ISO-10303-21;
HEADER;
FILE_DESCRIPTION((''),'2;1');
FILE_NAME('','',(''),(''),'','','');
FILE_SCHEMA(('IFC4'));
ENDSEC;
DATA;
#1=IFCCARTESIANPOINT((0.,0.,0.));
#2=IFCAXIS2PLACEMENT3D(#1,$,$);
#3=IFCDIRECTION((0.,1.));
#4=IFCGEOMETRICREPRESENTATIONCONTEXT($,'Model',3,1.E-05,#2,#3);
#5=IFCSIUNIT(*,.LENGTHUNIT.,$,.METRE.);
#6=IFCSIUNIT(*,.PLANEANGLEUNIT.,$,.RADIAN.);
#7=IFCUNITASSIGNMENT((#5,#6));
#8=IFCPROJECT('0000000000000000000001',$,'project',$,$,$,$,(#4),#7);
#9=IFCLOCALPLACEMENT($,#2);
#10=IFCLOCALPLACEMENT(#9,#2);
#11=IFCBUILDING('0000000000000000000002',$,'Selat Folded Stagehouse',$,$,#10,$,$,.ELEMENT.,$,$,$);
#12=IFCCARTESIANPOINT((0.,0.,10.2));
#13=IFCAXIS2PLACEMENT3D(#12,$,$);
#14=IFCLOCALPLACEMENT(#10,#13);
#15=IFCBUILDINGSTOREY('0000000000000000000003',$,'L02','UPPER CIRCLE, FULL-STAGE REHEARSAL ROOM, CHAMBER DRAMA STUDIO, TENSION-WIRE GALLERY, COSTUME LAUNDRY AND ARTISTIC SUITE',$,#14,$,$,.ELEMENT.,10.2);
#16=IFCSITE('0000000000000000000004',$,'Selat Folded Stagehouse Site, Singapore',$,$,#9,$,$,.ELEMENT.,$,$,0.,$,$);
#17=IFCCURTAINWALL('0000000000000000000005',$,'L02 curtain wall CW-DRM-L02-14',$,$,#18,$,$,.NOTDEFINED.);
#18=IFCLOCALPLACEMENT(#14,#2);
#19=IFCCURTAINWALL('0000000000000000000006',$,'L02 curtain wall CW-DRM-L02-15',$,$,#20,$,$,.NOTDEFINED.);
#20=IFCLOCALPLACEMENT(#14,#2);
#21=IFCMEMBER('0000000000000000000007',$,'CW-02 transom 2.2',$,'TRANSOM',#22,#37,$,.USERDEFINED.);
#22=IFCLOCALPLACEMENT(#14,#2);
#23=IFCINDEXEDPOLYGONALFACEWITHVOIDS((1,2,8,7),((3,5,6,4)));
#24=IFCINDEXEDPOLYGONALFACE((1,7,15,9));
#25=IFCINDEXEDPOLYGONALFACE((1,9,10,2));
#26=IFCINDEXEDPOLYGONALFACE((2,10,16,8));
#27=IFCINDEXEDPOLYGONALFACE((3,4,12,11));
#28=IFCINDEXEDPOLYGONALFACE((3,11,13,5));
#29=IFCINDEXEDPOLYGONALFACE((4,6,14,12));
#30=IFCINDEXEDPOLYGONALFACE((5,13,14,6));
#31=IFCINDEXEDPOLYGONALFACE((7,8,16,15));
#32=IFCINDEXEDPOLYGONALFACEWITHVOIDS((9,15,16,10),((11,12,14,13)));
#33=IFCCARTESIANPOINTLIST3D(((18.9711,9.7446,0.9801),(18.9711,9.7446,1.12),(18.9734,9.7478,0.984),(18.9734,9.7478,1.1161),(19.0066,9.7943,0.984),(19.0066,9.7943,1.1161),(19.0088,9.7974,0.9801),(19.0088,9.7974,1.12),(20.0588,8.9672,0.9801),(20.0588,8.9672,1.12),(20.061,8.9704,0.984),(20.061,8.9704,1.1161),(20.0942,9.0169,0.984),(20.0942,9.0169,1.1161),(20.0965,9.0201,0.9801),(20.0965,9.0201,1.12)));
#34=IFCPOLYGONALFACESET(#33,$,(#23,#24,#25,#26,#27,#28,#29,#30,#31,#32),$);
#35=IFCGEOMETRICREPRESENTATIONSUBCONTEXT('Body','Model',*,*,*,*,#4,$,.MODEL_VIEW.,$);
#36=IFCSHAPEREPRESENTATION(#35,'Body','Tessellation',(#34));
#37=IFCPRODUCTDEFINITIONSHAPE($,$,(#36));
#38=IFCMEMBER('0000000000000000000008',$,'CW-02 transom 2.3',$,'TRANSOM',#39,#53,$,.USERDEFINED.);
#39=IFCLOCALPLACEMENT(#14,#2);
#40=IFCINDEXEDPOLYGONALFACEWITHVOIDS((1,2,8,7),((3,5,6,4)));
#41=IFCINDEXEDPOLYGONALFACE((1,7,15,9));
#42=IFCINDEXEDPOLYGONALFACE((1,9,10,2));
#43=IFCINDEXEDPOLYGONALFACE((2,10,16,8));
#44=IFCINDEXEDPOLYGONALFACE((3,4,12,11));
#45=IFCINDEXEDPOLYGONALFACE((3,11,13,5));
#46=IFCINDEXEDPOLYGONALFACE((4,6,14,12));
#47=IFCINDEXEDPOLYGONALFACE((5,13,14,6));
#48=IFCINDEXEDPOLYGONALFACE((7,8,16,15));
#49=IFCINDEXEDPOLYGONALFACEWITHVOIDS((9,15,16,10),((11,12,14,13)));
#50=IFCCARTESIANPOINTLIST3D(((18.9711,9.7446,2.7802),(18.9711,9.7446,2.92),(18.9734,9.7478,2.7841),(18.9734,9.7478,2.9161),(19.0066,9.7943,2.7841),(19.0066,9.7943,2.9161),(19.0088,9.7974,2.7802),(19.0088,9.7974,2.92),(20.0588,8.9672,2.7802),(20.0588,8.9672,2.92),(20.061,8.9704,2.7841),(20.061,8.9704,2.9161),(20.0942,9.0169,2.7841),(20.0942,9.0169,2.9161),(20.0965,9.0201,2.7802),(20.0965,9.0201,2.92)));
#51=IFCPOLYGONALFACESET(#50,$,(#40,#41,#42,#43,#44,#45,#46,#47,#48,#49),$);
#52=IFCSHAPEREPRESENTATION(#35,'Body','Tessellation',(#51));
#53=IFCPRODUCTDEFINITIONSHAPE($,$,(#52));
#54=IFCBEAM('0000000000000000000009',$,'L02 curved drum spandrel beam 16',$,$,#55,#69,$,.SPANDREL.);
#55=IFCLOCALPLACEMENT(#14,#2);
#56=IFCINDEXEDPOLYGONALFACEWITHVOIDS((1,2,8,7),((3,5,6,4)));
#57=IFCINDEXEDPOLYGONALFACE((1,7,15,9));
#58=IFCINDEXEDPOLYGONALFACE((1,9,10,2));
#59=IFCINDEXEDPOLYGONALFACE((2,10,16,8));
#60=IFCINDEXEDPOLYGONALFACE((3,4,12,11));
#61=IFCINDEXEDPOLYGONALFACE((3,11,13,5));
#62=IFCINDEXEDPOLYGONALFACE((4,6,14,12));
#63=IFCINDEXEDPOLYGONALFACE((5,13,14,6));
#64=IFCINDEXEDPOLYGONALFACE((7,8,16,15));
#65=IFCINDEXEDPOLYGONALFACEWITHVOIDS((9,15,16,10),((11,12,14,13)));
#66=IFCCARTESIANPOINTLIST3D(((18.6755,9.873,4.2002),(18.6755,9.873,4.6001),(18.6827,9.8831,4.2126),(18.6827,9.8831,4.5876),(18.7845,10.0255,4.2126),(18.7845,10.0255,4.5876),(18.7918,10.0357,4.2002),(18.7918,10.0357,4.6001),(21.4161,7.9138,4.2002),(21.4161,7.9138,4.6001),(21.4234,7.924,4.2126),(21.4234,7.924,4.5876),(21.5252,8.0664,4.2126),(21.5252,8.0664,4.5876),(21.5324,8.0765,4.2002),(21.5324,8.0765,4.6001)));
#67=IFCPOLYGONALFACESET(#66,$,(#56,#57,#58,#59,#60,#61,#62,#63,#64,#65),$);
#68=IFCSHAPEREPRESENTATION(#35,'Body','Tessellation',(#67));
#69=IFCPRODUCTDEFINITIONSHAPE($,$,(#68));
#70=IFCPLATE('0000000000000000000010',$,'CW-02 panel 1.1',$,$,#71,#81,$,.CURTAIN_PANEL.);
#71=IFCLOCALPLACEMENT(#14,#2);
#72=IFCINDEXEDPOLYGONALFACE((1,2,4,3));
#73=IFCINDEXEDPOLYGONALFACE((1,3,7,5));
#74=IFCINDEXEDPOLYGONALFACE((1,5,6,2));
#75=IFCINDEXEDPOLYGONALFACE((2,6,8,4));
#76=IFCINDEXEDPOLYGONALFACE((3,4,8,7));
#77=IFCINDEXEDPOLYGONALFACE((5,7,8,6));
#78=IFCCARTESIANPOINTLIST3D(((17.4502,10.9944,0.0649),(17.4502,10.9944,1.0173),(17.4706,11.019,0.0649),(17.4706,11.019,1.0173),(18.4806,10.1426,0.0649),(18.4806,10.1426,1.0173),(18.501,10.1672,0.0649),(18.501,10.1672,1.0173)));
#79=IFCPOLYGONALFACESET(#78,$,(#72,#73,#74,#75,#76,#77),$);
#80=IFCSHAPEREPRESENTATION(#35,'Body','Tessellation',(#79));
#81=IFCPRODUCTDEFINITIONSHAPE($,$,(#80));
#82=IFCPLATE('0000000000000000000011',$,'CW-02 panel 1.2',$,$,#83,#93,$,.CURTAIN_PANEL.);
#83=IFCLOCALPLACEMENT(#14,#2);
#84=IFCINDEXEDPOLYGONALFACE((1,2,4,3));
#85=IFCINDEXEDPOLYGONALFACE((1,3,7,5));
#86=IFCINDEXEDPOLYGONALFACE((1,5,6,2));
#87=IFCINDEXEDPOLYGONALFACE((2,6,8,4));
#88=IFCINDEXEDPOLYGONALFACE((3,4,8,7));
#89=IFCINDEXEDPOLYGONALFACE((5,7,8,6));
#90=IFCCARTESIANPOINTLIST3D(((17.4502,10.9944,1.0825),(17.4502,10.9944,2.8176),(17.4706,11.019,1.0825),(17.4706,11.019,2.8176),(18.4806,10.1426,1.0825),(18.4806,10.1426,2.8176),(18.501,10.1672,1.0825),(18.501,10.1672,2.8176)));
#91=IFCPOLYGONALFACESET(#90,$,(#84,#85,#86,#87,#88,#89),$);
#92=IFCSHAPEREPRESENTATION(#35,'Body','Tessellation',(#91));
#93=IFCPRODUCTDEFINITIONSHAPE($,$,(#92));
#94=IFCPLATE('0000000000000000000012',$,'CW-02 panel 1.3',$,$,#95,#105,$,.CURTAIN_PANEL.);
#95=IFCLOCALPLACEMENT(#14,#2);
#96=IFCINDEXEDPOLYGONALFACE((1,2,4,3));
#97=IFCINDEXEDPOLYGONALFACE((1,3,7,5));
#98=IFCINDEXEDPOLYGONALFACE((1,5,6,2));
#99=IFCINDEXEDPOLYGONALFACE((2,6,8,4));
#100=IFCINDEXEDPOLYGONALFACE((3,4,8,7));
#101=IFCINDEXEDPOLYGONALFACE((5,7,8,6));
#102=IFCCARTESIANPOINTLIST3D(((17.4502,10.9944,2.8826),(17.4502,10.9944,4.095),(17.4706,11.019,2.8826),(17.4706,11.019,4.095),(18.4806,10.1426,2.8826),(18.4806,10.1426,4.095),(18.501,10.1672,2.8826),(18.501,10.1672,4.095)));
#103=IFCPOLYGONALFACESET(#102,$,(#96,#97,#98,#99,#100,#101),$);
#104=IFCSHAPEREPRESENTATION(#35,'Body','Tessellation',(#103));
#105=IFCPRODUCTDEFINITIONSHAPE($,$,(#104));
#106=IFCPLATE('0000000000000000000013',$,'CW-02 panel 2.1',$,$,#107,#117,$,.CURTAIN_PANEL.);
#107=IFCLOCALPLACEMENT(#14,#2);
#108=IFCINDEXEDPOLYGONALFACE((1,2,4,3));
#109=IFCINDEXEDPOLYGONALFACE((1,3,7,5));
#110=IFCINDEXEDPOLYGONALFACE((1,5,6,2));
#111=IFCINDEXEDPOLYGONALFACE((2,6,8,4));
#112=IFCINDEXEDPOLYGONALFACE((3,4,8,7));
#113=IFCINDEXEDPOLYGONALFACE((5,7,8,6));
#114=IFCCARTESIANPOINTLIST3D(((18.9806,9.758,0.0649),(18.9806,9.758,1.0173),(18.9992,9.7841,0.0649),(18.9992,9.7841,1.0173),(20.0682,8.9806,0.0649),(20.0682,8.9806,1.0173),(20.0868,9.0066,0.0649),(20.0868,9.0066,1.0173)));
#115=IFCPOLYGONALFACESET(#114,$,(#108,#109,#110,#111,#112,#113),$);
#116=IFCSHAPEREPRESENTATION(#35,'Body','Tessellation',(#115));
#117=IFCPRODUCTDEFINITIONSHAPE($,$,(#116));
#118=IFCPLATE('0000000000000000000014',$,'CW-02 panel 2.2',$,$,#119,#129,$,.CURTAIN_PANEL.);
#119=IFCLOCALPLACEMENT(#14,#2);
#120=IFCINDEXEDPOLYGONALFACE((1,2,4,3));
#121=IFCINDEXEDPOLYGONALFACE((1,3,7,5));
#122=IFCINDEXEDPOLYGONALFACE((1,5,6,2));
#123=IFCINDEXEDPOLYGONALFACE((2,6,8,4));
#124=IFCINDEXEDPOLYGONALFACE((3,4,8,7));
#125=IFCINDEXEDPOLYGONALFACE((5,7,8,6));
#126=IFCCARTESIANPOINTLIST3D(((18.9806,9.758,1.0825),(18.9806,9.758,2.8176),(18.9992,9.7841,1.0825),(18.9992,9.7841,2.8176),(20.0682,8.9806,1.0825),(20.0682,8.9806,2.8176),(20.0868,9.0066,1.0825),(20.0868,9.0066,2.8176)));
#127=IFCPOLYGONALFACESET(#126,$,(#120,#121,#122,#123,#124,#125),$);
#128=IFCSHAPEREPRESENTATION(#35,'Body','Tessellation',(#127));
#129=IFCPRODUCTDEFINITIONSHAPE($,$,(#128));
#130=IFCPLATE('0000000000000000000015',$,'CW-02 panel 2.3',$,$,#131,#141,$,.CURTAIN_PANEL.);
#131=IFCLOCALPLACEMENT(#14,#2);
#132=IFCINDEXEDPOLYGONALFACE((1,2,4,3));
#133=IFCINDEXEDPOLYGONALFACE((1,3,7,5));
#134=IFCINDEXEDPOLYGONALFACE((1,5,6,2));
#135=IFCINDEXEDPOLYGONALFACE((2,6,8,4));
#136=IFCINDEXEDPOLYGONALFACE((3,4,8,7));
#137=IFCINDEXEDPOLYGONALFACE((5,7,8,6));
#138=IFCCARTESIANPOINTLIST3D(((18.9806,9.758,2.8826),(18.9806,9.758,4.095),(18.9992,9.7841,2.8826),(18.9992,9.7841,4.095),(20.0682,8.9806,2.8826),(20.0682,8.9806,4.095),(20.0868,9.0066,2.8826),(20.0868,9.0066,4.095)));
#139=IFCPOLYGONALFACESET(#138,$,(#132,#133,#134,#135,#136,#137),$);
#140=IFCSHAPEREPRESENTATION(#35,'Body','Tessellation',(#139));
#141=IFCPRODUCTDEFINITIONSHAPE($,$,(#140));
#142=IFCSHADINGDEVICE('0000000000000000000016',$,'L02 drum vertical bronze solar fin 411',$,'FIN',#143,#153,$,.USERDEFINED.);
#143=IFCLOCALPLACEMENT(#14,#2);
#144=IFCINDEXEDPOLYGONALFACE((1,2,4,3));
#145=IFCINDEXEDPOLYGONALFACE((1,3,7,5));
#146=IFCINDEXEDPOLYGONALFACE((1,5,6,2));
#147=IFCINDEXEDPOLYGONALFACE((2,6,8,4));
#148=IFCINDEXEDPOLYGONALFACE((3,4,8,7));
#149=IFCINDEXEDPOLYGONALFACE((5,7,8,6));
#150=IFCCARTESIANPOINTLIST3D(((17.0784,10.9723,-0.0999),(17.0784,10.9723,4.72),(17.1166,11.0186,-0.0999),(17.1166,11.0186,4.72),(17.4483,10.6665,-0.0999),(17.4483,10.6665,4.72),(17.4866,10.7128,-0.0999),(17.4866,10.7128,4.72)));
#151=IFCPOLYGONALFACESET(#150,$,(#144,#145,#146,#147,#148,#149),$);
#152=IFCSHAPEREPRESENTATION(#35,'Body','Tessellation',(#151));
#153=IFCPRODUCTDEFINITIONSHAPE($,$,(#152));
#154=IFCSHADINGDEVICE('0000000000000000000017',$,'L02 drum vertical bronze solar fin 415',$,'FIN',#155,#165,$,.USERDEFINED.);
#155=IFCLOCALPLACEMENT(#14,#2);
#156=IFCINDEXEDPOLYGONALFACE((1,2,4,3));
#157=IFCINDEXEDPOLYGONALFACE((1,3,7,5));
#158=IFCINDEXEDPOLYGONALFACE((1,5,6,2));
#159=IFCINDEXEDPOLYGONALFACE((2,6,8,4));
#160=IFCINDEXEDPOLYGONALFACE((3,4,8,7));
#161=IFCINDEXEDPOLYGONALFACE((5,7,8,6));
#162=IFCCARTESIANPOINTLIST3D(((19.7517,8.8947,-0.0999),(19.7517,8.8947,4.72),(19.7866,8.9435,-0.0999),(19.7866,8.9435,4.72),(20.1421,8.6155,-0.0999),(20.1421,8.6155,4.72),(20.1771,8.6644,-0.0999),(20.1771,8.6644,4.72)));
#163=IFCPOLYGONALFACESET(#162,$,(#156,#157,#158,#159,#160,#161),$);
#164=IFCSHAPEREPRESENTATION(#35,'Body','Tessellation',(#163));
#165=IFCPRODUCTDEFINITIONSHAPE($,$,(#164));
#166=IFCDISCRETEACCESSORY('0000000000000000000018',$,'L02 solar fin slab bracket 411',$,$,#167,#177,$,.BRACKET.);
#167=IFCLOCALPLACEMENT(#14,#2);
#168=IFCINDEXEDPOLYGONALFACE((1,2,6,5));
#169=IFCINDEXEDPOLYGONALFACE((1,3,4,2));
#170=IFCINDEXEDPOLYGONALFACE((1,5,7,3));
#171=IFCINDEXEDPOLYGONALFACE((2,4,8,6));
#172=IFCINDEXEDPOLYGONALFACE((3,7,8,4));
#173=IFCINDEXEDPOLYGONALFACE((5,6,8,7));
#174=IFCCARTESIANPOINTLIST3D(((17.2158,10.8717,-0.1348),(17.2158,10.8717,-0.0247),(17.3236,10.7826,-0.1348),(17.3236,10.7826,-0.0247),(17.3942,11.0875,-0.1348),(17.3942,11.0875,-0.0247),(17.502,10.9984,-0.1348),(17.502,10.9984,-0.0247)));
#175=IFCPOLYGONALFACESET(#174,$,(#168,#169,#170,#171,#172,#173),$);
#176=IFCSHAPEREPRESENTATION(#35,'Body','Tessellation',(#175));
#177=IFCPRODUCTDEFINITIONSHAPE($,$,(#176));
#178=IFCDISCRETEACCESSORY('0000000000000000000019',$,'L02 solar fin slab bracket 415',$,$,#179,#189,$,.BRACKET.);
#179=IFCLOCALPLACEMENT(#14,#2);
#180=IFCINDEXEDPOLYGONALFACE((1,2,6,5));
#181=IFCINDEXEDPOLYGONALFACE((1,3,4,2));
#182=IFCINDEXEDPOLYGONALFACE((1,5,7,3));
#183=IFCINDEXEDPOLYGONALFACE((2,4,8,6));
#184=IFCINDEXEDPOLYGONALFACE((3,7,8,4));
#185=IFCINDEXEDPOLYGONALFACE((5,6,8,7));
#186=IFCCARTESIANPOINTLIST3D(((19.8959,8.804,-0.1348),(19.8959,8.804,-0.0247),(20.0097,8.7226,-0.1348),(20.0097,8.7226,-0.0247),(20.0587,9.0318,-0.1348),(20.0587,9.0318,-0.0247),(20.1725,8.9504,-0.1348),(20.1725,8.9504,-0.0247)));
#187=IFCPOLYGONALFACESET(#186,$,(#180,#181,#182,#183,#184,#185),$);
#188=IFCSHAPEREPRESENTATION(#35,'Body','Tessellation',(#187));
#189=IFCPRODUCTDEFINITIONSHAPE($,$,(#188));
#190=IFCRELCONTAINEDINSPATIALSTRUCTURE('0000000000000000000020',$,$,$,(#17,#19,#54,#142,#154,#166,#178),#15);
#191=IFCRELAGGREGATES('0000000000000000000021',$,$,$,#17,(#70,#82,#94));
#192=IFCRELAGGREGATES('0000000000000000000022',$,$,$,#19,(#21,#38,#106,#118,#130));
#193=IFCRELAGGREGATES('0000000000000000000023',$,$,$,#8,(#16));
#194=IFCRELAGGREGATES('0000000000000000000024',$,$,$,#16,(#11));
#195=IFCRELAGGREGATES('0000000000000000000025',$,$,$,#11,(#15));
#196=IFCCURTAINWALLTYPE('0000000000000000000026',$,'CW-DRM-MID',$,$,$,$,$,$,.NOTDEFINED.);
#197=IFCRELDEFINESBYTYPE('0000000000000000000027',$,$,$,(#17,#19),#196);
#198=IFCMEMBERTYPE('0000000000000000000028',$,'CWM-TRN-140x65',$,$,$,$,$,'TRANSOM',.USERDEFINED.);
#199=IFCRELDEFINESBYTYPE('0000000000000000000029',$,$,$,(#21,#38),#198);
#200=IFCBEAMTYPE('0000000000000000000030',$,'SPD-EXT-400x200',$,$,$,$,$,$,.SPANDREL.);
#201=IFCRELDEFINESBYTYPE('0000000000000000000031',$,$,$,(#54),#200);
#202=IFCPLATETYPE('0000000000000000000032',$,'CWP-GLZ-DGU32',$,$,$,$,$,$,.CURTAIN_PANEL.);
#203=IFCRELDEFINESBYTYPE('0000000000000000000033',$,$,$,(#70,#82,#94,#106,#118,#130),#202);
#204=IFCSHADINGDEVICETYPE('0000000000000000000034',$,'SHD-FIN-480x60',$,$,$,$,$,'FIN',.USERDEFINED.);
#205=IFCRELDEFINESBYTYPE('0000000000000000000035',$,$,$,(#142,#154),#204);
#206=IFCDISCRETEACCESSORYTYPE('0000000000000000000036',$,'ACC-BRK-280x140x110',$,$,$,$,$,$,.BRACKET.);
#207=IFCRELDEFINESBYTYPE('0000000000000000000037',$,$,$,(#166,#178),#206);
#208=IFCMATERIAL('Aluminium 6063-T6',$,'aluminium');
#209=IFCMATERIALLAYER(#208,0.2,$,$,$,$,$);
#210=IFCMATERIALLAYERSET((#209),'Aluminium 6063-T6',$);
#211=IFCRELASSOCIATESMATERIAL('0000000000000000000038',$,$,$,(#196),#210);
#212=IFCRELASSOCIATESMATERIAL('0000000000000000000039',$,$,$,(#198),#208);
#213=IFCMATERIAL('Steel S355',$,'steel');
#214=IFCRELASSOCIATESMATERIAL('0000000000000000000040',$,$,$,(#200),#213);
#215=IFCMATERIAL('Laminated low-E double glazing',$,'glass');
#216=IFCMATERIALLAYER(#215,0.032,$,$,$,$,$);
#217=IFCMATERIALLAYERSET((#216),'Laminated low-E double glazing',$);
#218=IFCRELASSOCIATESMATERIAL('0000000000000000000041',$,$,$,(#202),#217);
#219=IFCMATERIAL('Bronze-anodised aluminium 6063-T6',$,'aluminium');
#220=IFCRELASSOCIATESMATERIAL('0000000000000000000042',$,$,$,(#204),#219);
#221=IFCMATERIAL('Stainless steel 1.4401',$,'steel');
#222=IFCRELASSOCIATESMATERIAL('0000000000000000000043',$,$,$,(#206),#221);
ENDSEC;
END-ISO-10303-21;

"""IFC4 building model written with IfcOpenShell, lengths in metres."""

from ifc_helpers import new_model, si_unit, direction, frame, origin, origin_2d, place, context, subcontext, project, spatial, rectangle, hollow_rectangle, extrude, material, layer, layer_set, material_profile, profile_set, type_object, element, aggregate, save


model = new_model("IFC4")

# Units and contexts
model_context = context("Model", 3, precision=1e-05, world=origin(), true_north=direction((0.0, 1.0)))
body_context = subcontext(model_context, "Body", "Model", "MODEL_VIEW")
ifc_project = project(units=[si_unit("LENGTHUNIT", "METRE"), si_unit("PLANEANGLEUNIT", "RADIAN")], contexts=[model_context])

# Site, building, storey
site_placement = place(None, origin())
site = spatial("IfcSite", under=ifc_project, at=site_placement, Name="Selat Folded Stagehouse Site, Singapore", CompositionType="ELEMENT", RefElevation=0.0)
building_placement = place(site_placement, origin())
building = spatial("IfcBuilding", under=site, at=building_placement, Name="Selat Folded Stagehouse", CompositionType="ELEMENT")
storey_placement = place(building_placement, frame((0.0, 0.0, 10.2)))
storey = spatial("IfcBuildingStorey", under=building, at=storey_placement, Name="L02", Description="UPPER CIRCLE, FULL-STAGE REHEARSAL ROOM, CHAMBER DRAMA STUDIO, TENSION-WIRE GALLERY, COSTUME LAUNDRY AND ARTISTIC SUITE", CompositionType="ELEMENT", Elevation=10.2)

# Shared definitions
ifc_material_1 = material(Name="Steel S355", Category="steel")

# Curtain walls
ifc_material_2 = material(Name="Aluminium 6063-T6", Category="aluminium")
ifc_layer_1 = layer(ifc_material_2, 0.2)
ifc_layer_set_1 = layer_set([ifc_layer_1], Name="Aluminium 6063-T6")
curtain_wall_type = type_object("IfcCurtainWallType", Name="CW-DRM-MID", PredefinedType="NOTDEFINED", material=ifc_layer_set_1)
curtain_wall_1_placement = place(storey_placement, origin())
curtain_wall_1 = element("IfcCurtainWall", 1, at=curtain_wall_1_placement, inside=storey, type_object=curtain_wall_type, Name="L02 curtain wall CW-DRM-L02-14", PredefinedType="NOTDEFINED")
curtain_wall_2_placement = place(storey_placement, origin())
curtain_wall_2 = element("IfcCurtainWall", 2, at=curtain_wall_2_placement, inside=storey, type_object=curtain_wall_type, Name="L02 curtain wall CW-DRM-L02-15", PredefinedType="NOTDEFINED")

# Members
ifc_material_profile_1 = material_profile(ifc_material_2, hollow_rectangle(XDim=0.0649, YDim=0.1399, WallThickness=0.0039, at=origin_2d()), Name="ALU 140x65x4.0")
ifc_profile_set_1 = profile_set([ifc_material_profile_1], Name="Aluminium 6063-T6")
member_type_1 = type_object("IfcMemberType", Name="CWM-TRN-140x65", ElementType="TRANSOM", PredefinedType="USERDEFINED", material=ifc_profile_set_1)
member_1_placement = place(storey_placement, frame((20.0776, 8.9937, 1.05), z_axis=(-0.813573, 0.581463, 0.0), x_axis=(-0.581463, -0.813573, 0.0)))
member_1 = element("IfcMember", 3, at=member_1_placement, type_object=member_type_1, Name="CW-02 transom 2.2", ObjectType="TRANSOM", PredefinedType="USERDEFINED", context=body_context, shape_type="SweptSolid", body=[
    extrude(hollow_rectangle(XDim=0.0649, YDim=0.1399, WallThickness=0.0039, at=origin_2d()), origin(), (0.0, 0.0, 1.0), 1.3369),
])
member_2_placement = place(storey_placement, frame((20.0776, 8.9937, 2.8501), z_axis=(-0.813573, 0.581463, 0.0), x_axis=(-0.581463, -0.813573, 0.0)))
member_2 = element("IfcMember", 4, at=member_2_placement, type_object=member_type_1, Name="CW-02 transom 2.3", ObjectType="TRANSOM", PredefinedType="USERDEFINED", context=body_context, shape_type="SweptSolid", body=[
    extrude(hollow_rectangle(XDim=0.0649, YDim=0.1399, WallThickness=0.0039, at=origin_2d()), origin(), (0.0, 0.0, 1.0), 1.3369),
])

# Beam
ifc_material_profile_2 = material_profile(ifc_material_1, hollow_rectangle(XDim=0.2, YDim=0.3999, WallThickness=0.0125, at=origin_2d()), Name="RHS 400x200x12.5")
ifc_profile_set_2 = profile_set([ifc_material_profile_2], Name="Steel S355")
beam_type = type_object("IfcBeamType", Name="SPD-EXT-400x200", PredefinedType="SPANDREL", material=ifc_profile_set_2)
beam_placement = place(storey_placement, frame((18.7336, 9.9543, 4.4001), z_axis=(0.813513, -0.581547, 0.0), x_axis=(0.581547, 0.813513, 0.0)))
element("IfcBeam", 5, at=beam_placement, inside=storey, type_object=beam_type, Name="L02 curved drum spandrel beam 16", PredefinedType="SPANDREL", context=body_context, shape_type="SweptSolid", body=[
    extrude(hollow_rectangle(XDim=0.2, YDim=0.3999, WallThickness=0.0125, at=origin_2d()), origin(), (0.0, 0.0, 1.0), 3.3689),
])

# Plates
ifc_material_3 = material(Name="Laminated low-E double glazing", Category="glass")
ifc_layer_2 = layer(ifc_material_3, 0.032)
ifc_layer_set_2 = layer_set([ifc_layer_2], Name="Laminated low-E double glazing")
plate_type = type_object("IfcPlateType", Name="CWP-GLZ-DGU32", PredefinedType="CURTAIN_PANEL", material=ifc_layer_set_2)
plate_1_placement = place(storey_placement, frame((17.9756, 10.5808, 0.0649), z_axis=(0.0, 0.0, 1.0), x_axis=(-0.770747, 0.637142, 0.0)))
plate_1 = element("IfcPlate", 6, at=plate_1_placement, type_object=plate_type, Name="CW-02 panel 1.1", PredefinedType="CURTAIN_PANEL", context=body_context, shape_type="SweptSolid", body=[
    extrude(rectangle(XDim=1.3369, YDim=0.032, at=origin_2d()), origin(), (0.0, 0.0, 1.0), 0.9524),
])
plate_2_placement = place(storey_placement, frame((17.9756, 10.5808, 1.0825), z_axis=(0.0, 0.0, 1.0), x_axis=(-0.770747, 0.637142, 0.0)))
plate_2 = element("IfcPlate", 7, at=plate_2_placement, type_object=plate_type, Name="CW-02 panel 1.2", PredefinedType="CURTAIN_PANEL", context=body_context, shape_type="SweptSolid", body=[
    extrude(rectangle(XDim=1.3369, YDim=0.032, at=origin_2d()), origin(), (0.0, 0.0, 1.0), 1.7351),
])
plate_3_placement = place(storey_placement, frame((17.9756, 10.5808, 2.8826), z_axis=(0.0, 0.0, 1.0), x_axis=(-0.770747, 0.637142, 0.0)))
plate_3 = element("IfcPlate", 8, at=plate_3_placement, type_object=plate_type, Name="CW-02 panel 1.3", PredefinedType="CURTAIN_PANEL", context=body_context, shape_type="SweptSolid", body=[
    extrude(rectangle(XDim=1.3369, YDim=0.032, at=origin_2d()), origin(), (0.0, 0.0, 1.0), 1.2124),
])
aggregate(curtain_wall_1, [plate_1, plate_2, plate_3])
plate_4_placement = place(storey_placement, frame((19.5337, 9.3823, 0.0649), z_axis=(0.0, 0.0, 1.0), x_axis=(-0.813526, 0.581528, 0.0)))
plate_4 = element("IfcPlate", 9, at=plate_4_placement, type_object=plate_type, Name="CW-02 panel 2.1", PredefinedType="CURTAIN_PANEL", context=body_context, shape_type="SweptSolid", body=[
    extrude(rectangle(XDim=1.3369, YDim=0.032, at=origin_2d()), origin(), (0.0, 0.0, 1.0), 0.9524),
])
plate_5_placement = place(storey_placement, frame((19.5337, 9.3823, 1.0825), z_axis=(0.0, 0.0, 1.0), x_axis=(-0.813526, 0.581528, 0.0)))
plate_5 = element("IfcPlate", 10, at=plate_5_placement, type_object=plate_type, Name="CW-02 panel 2.2", PredefinedType="CURTAIN_PANEL", context=body_context, shape_type="SweptSolid", body=[
    extrude(rectangle(XDim=1.3369, YDim=0.032, at=origin_2d()), origin(), (0.0, 0.0, 1.0), 1.7351),
])
plate_6_placement = place(storey_placement, frame((19.5337, 9.3823, 2.8826), z_axis=(0.0, 0.0, 1.0), x_axis=(-0.813526, 0.581528, 0.0)))
plate_6 = element("IfcPlate", 11, at=plate_6_placement, type_object=plate_type, Name="CW-02 panel 2.3", PredefinedType="CURTAIN_PANEL", context=body_context, shape_type="SweptSolid", body=[
    extrude(rectangle(XDim=1.3369, YDim=0.032, at=origin_2d()), origin(), (0.0, 0.0, 1.0), 1.2124),
])
aggregate(curtain_wall_2, [member_1, member_2, plate_4, plate_5, plate_6])

# Shading devices
ifc_material_4 = material(Name="Bronze-anodised aluminium 6063-T6", Category="aluminium")
ifc_material_profile_3 = material_profile(ifc_material_4, rectangle(XDim=0.0601, YDim=0.48, at=origin_2d()), Name="SOLAR-FIN 480x60")
ifc_profile_set_3 = profile_set([ifc_material_profile_3], Name="Bronze-anodised aluminium 6063-T6")
shading_device_type = type_object("IfcShadingDeviceType", Name="SHD-FIN-480x60", ElementType="FIN", PredefinedType="USERDEFINED", material=ifc_profile_set_3)
for number, where, z_axis, x_axis, name in (
    (12, (17.2825, 10.8425, -0.0999), (0.0, 0.0, 1.0), (-0.637155, -0.770736, 0.0), "L02 drum vertical bronze solar fin 411"),
    (13, (19.9644, 8.7795, -0.0999), (0.0, 0.0, 1.0), (-0.581555, -0.813507, 0.0), "L02 drum vertical bronze solar fin 415"),
):
    element("IfcShadingDevice", number, at=place(storey_placement, frame(where, z_axis=z_axis, x_axis=x_axis)), inside=storey, type_object=shading_device_type, Name=name, ObjectType="FIN", PredefinedType="USERDEFINED", context=body_context, shape_type="SweptSolid", body=[
        extrude(rectangle(XDim=0.0601, YDim=0.48, at=origin_2d()), origin(), (0.0, 0.0, 1.0), 4.8198),
    ])

# Discrete accessories
ifc_material_5 = material(Name="Stainless steel 1.4401", Category="steel")
discrete_accessory_type = type_object("IfcDiscreteAccessoryType", Name="ACC-BRK-280x140x110", PredefinedType="BRACKET", material=ifc_material_5)
for number, where, z_axis, x_axis, name in (
    (14, (17.3589, 10.9351, -0.1348), (0.0, 0.0, 1.0), (-0.637155, -0.770736, 0.0), "L02 solar fin slab bracket 411"),
    (15, (20.0342, 8.8772, -0.1348), (0.0, 0.0, 1.0), (-0.581555, -0.813507, 0.0), "L02 solar fin slab bracket 415"),
):
    element("IfcDiscreteAccessory", number, at=place(storey_placement, frame(where, z_axis=z_axis, x_axis=x_axis)), inside=storey, type_object=discrete_accessory_type, Name=name, PredefinedType="BRACKET", context=body_context, shape_type="SweptSolid", body=[
        extrude(rectangle(XDim=0.28, YDim=0.1399, at=origin_2d()), origin(), (0.0, 0.0, 1.0), 0.1101),
    ])

save(model, "model.ifc")
